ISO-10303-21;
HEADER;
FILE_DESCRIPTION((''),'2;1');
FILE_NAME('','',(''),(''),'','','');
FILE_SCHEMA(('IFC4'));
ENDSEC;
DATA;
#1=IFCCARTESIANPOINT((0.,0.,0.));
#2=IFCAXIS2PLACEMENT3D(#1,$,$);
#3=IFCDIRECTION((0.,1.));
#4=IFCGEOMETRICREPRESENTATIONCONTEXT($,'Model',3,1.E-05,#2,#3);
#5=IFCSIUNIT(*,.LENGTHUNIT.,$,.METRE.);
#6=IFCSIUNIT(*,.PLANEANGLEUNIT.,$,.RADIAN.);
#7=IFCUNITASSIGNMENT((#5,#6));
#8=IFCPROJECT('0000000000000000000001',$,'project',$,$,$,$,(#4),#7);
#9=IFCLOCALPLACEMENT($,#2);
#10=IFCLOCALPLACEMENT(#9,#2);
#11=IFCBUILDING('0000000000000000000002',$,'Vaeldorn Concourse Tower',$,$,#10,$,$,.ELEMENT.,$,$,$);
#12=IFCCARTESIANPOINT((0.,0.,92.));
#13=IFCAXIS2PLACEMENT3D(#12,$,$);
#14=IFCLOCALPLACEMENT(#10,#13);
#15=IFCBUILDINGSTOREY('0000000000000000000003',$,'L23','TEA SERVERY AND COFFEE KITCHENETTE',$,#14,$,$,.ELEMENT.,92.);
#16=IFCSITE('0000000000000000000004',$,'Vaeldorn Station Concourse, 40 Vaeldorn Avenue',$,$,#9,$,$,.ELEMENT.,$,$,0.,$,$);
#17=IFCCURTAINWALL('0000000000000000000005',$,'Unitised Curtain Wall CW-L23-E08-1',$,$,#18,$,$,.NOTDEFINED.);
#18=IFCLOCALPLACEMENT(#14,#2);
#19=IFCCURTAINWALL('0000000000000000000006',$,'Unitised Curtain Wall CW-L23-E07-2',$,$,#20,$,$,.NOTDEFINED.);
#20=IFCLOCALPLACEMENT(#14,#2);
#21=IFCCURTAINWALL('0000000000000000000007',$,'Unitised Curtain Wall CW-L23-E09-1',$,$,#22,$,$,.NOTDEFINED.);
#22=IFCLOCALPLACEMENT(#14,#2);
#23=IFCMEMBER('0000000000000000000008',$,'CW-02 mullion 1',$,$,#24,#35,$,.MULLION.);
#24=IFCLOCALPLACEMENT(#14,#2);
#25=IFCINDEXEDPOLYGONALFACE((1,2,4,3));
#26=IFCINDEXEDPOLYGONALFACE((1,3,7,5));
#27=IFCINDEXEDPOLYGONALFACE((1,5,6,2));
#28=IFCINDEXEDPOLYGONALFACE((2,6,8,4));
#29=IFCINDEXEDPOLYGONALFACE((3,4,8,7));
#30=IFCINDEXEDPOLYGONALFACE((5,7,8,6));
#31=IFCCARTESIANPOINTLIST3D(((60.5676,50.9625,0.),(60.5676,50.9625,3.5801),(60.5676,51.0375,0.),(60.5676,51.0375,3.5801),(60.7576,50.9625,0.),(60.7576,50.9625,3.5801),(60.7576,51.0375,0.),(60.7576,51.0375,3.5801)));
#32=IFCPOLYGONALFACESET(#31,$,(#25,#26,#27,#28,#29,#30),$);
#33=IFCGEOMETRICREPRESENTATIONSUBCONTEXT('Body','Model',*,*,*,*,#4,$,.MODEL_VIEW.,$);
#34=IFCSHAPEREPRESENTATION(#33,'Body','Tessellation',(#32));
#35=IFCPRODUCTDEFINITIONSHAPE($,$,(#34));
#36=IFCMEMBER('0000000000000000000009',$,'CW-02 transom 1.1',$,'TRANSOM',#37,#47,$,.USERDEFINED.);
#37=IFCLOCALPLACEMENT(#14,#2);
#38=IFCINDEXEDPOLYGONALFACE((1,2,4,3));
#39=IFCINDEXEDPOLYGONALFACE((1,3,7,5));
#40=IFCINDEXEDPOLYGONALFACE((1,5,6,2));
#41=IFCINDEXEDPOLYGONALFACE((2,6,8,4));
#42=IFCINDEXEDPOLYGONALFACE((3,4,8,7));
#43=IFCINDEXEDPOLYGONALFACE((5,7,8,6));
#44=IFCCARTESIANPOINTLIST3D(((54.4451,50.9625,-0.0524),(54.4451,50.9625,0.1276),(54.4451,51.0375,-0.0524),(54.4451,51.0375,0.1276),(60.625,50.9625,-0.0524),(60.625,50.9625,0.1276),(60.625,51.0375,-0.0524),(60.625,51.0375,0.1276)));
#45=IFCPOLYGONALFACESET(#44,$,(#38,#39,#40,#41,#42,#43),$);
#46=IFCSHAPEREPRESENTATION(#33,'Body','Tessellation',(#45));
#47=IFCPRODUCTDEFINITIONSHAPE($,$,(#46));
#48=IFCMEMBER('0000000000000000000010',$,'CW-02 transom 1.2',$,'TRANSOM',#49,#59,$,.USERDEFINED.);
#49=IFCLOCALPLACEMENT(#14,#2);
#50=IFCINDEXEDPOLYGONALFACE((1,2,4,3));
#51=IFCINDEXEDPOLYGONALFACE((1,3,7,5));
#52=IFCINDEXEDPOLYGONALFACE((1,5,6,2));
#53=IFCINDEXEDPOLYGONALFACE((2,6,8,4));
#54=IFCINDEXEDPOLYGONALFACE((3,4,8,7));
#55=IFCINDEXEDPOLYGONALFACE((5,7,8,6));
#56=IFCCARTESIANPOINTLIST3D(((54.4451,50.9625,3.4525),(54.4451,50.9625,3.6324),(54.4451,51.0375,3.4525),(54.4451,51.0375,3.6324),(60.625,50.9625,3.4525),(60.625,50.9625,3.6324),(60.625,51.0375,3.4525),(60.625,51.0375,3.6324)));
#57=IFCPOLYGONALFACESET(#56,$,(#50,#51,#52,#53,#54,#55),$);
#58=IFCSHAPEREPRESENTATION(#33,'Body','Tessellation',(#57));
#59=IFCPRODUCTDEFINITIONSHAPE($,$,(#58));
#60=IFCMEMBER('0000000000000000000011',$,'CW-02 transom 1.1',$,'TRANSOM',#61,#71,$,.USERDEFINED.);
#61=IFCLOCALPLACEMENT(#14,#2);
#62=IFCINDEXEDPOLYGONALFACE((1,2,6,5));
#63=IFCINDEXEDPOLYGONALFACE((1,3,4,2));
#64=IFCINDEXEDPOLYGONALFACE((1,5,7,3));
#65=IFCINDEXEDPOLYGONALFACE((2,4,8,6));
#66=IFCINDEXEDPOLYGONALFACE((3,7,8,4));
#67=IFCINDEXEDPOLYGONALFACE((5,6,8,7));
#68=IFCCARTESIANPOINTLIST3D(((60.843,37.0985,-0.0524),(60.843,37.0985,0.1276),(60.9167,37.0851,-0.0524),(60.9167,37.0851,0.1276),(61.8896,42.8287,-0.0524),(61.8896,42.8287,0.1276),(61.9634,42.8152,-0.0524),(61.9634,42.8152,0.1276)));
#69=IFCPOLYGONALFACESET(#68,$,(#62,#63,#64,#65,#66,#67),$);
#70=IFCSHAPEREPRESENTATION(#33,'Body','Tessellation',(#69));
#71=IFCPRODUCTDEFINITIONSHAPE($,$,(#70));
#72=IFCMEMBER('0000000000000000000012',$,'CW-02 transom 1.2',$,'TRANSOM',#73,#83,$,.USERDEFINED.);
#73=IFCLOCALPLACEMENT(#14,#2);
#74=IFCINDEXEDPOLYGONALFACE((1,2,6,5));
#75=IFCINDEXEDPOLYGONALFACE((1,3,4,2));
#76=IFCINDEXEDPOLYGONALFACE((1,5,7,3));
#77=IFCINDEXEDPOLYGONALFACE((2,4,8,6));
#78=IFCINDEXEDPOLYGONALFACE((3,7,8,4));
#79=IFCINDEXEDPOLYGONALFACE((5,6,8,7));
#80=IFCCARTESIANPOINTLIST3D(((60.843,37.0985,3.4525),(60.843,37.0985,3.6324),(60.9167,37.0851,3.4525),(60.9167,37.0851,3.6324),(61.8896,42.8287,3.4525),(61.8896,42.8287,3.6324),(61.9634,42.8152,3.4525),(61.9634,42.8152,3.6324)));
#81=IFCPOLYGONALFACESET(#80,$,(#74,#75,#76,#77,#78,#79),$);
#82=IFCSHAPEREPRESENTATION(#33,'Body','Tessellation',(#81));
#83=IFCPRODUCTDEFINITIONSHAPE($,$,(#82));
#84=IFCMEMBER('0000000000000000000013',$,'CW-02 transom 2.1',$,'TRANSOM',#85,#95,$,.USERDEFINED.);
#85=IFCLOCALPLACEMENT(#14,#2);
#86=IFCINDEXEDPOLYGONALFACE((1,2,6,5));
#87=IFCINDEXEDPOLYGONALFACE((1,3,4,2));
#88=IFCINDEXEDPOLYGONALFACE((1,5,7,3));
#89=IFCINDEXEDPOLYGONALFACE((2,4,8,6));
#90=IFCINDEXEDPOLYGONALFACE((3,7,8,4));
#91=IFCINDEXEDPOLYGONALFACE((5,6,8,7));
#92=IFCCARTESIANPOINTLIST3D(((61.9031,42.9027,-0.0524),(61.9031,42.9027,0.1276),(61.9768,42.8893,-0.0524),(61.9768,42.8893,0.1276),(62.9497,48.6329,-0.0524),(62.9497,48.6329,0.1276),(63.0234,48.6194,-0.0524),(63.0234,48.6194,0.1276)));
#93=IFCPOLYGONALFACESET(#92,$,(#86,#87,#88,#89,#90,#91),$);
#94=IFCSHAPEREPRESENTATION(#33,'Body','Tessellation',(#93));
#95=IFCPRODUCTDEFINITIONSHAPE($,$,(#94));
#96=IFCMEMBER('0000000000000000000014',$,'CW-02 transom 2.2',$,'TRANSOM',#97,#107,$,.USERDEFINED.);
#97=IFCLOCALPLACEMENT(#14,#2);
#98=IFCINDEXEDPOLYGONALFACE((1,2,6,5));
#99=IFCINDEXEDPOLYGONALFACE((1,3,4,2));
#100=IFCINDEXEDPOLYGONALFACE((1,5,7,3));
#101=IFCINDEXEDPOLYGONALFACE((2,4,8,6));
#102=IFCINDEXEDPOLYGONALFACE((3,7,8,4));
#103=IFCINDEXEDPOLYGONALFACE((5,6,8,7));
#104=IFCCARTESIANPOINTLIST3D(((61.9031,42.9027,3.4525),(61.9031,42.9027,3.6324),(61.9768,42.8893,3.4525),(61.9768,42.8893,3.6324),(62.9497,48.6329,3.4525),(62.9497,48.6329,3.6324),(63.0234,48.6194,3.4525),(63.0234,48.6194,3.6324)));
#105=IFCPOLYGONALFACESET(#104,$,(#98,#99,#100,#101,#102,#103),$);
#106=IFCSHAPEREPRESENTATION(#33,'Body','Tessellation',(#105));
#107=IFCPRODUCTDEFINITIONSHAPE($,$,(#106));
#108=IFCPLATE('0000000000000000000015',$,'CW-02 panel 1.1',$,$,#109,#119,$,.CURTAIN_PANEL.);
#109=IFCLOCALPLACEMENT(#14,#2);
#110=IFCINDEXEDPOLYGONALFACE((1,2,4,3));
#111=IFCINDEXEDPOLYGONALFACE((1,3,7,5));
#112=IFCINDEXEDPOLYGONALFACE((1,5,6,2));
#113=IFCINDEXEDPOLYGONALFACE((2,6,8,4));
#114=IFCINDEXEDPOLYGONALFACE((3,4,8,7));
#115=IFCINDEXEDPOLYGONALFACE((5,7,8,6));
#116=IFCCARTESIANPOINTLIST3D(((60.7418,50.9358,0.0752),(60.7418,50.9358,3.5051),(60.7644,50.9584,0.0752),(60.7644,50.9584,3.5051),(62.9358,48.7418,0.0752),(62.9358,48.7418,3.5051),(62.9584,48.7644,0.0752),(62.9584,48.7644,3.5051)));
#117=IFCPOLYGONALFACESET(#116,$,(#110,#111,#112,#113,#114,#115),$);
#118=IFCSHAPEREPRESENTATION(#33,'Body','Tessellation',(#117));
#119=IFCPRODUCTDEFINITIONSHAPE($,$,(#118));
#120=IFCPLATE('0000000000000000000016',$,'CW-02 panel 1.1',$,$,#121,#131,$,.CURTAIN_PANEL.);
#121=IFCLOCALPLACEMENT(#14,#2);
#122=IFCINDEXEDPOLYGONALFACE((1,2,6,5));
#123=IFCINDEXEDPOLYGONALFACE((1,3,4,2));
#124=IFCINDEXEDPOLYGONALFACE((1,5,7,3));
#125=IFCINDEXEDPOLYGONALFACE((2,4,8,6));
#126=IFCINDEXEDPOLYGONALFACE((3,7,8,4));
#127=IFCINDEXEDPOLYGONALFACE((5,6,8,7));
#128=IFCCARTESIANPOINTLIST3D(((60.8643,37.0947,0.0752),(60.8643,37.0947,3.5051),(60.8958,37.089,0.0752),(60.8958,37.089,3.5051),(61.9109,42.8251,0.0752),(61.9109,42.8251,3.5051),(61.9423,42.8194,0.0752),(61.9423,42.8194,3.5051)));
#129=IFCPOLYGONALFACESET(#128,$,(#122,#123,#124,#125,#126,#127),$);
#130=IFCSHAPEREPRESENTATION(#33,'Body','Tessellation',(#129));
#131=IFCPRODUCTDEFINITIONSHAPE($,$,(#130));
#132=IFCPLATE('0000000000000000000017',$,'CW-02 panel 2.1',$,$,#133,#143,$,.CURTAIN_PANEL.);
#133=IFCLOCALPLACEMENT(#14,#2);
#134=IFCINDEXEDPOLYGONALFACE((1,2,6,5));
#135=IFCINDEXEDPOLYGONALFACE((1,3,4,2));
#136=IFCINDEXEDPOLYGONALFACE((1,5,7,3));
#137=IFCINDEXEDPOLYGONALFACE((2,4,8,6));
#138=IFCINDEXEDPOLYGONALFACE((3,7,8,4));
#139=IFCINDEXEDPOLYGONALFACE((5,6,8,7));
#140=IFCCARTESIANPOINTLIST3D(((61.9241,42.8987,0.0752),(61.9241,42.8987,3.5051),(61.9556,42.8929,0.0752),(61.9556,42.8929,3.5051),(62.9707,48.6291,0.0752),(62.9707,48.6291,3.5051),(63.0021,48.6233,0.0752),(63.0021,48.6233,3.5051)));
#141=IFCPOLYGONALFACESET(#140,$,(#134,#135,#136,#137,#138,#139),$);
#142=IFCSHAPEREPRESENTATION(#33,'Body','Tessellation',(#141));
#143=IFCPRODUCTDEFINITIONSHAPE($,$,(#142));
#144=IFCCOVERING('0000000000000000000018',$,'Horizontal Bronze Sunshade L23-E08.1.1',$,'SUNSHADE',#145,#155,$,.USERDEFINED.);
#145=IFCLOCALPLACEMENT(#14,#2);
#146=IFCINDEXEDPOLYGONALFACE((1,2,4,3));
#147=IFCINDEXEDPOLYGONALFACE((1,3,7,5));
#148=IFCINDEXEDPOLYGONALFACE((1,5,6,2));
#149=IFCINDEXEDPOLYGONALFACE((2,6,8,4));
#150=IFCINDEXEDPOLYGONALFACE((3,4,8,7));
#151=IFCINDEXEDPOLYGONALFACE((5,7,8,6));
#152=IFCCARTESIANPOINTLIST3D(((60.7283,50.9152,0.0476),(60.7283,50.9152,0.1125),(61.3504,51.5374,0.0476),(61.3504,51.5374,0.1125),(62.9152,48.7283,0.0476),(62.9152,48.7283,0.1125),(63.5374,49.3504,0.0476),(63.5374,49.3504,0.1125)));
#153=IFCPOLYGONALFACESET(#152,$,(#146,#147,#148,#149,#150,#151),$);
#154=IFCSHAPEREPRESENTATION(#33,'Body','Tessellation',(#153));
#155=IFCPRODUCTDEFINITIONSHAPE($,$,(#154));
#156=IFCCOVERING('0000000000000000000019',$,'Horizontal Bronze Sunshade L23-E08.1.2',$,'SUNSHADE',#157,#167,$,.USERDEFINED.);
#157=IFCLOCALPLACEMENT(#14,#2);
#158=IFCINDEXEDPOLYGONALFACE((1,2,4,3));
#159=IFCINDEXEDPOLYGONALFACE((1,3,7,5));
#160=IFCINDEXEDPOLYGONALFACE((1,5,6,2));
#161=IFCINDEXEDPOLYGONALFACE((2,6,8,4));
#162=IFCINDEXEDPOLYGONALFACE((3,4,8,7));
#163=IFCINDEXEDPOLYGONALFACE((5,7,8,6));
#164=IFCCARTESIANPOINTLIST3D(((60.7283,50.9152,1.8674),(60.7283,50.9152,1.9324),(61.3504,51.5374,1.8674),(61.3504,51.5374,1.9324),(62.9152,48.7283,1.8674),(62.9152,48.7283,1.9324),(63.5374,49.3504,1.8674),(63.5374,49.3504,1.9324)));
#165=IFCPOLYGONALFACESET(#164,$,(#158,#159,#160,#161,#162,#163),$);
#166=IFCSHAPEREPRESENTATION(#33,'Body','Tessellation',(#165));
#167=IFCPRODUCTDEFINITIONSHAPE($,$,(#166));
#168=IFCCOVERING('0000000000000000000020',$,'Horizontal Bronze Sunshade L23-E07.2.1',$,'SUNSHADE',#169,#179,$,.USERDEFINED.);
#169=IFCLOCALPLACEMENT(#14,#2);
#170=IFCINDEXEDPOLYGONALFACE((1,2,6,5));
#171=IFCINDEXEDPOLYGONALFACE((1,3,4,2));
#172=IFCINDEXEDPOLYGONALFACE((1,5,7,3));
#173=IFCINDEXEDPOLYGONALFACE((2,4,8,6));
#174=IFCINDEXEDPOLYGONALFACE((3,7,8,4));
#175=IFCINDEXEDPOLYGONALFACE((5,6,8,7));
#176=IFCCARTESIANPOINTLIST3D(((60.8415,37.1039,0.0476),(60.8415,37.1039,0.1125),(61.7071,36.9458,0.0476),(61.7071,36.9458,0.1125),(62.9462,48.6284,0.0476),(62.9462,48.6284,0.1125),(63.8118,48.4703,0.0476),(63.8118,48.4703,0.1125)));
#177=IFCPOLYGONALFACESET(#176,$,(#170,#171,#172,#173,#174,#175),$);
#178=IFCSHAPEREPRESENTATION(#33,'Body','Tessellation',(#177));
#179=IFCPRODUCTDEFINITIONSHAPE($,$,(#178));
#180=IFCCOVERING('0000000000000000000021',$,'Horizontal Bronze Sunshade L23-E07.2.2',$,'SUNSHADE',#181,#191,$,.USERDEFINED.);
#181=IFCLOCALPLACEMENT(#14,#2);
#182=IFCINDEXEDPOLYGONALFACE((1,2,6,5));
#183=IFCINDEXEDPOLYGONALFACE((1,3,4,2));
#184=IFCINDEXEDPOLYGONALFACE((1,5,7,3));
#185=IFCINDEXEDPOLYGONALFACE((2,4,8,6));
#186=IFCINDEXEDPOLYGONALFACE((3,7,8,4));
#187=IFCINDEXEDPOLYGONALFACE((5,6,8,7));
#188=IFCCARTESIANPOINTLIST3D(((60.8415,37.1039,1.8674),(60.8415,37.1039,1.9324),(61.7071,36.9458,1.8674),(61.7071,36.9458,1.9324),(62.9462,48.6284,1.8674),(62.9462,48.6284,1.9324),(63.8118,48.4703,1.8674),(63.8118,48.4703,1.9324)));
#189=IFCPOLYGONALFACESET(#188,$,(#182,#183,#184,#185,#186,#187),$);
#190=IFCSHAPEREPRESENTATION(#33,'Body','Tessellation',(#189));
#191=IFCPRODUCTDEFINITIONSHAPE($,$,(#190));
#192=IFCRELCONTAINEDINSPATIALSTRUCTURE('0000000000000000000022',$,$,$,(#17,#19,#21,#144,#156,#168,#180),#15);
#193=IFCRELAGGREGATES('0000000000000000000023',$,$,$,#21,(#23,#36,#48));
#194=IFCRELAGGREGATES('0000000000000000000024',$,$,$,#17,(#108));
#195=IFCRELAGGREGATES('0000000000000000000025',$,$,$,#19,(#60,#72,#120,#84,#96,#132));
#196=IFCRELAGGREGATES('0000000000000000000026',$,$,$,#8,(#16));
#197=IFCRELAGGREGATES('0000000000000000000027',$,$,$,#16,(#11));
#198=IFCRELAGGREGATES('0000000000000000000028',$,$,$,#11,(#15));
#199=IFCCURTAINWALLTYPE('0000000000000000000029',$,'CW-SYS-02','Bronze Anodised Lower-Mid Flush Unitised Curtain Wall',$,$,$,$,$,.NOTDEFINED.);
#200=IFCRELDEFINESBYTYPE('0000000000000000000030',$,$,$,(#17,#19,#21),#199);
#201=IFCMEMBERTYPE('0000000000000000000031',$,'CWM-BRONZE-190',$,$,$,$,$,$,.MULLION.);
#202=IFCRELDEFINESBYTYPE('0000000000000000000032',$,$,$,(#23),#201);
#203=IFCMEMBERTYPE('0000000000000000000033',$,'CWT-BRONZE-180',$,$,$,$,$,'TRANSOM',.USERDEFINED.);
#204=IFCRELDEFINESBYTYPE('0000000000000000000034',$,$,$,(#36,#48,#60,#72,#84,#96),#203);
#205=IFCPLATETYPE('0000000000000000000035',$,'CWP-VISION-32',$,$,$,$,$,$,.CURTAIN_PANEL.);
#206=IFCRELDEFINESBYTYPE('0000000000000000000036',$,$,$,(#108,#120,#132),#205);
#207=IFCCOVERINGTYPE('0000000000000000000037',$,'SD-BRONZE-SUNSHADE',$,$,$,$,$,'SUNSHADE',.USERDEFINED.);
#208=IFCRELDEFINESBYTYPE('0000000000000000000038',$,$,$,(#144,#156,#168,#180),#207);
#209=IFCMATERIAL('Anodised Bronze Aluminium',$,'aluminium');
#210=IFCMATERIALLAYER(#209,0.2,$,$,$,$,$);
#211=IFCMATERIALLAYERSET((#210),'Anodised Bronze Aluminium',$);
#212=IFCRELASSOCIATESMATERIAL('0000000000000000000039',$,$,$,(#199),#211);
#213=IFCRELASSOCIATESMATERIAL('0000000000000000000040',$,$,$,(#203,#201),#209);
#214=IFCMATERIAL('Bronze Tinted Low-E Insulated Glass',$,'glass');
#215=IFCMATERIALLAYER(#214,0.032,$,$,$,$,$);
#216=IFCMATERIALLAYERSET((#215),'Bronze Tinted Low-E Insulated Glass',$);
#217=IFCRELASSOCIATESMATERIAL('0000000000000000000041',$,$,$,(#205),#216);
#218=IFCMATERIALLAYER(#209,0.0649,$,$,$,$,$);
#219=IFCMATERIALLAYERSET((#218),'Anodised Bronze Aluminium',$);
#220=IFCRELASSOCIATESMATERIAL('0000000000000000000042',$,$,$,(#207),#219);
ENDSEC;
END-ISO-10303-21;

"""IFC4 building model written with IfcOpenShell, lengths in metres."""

from ifc_helpers import new_model, si_unit, direction, frame, origin, origin_2d, place, context, subcontext, project, spatial, rectangle, extrude, source, transform, mapped, material, layer, layer_set, material_profile, profile_set, type_object, element, aggregate, save


model = new_model("IFC4")

# Units and contexts
model_context = context("Model", 3, precision=1e-05, world=origin(), true_north=direction((0.0, 1.0)))
body_context = subcontext(model_context, "Body", "Model", "MODEL_VIEW")
ifc_project = project(units=[si_unit("LENGTHUNIT", "METRE"), si_unit("PLANEANGLEUNIT", "RADIAN")], contexts=[model_context])

# Site, building, storey
site_placement = place(None, origin())
site = spatial("IfcSite", under=ifc_project, at=site_placement, Name="Vaeldorn Station Concourse, 40 Vaeldorn Avenue", CompositionType="ELEMENT", RefElevation=0.0)
building_placement = place(site_placement, origin())
building = spatial("IfcBuilding", under=site, at=building_placement, Name="Vaeldorn Concourse Tower", CompositionType="ELEMENT")
storey_placement = place(building_placement, frame((0.0, 0.0, 92.0)))
storey = spatial("IfcBuildingStorey", under=building, at=storey_placement, Name="L23", Description="TEA SERVERY AND COFFEE KITCHENETTE", CompositionType="ELEMENT", Elevation=92.0)

# Curtain walls
ifc_material_1 = material(Name="Anodised Bronze Aluminium", Category="aluminium")
ifc_layer_1 = layer(ifc_material_1, 0.2)
ifc_layer_set_1 = layer_set([ifc_layer_1], Name="Anodised Bronze Aluminium")
curtain_wall_type = type_object("IfcCurtainWallType", Name="CW-SYS-02", Description="Bronze Anodised Lower-Mid Flush Unitised Curtain Wall", PredefinedType="NOTDEFINED", material=ifc_layer_set_1)
curtain_wall_1_placement = place(storey_placement, origin())
curtain_wall_1 = element("IfcCurtainWall", 1, at=curtain_wall_1_placement, inside=storey, type_object=curtain_wall_type, Name="Unitised Curtain Wall CW-L23-E08-1", PredefinedType="NOTDEFINED")
ifc_material_profile_1 = material_profile(ifc_material_1, rectangle(XDim=0.075, YDim=0.1799, at=origin_2d()), Name="CWT 75x180")
ifc_profile_set_1 = profile_set([ifc_material_profile_1], Name="Anodised Bronze Aluminium")
member_type_1 = type_object("IfcMemberType", Name="CWT-BRONZE-180", ElementType="TRANSOM", PredefinedType="USERDEFINED", material=ifc_profile_set_1)
curtain_wall_2_placement = place(storey_placement, origin())
curtain_wall_2 = element("IfcCurtainWall", 2, at=curtain_wall_2_placement, inside=storey, type_object=curtain_wall_type, Name="Unitised Curtain Wall CW-L23-E07-2", PredefinedType="NOTDEFINED")
ifc_material_profile_2 = material_profile(ifc_material_1, rectangle(XDim=0.075, YDim=0.1899, at=origin_2d()), Name="CWM 75x190")
ifc_profile_set_2 = profile_set([ifc_material_profile_2], Name="Anodised Bronze Aluminium")
member_type_2 = type_object("IfcMemberType", Name="CWM-BRONZE-190", PredefinedType="MULLION", material=ifc_profile_set_2)
shared_shape_1 = source(origin(), body_context, "Body", "SweptSolid", [
    extrude(rectangle(XDim=0.075, YDim=0.1899, at=origin_2d()), origin(), (0.0, 0.0, 1.0), 3.5801),
])

# Curtain wall, members
curtain_wall_3_placement = place(storey_placement, origin())
curtain_wall_3 = element("IfcCurtainWall", 3, at=curtain_wall_3_placement, inside=storey, type_object=curtain_wall_type, Name="Unitised Curtain Wall CW-L23-E09-1", PredefinedType="NOTDEFINED")
member_1_placement = place(storey_placement, frame((60.6626, 51.0, 0.0), z_axis=(0.0, 0.0, 1.0), x_axis=(0.0, -1.0, 0.0)))
member_1 = element("IfcMember", 4, at=member_1_placement, type_object=member_type_2, Name="CW-02 mullion 1", PredefinedType="MULLION", context=body_context, shape_type="MappedRepresentation", body=[
    mapped(shared_shape_1, transform((0.0, 0.0, 0.0), scale=1.0)),
])
shared_shape_2 = source(origin(), body_context, "Body", "SweptSolid", [
    extrude(rectangle(XDim=0.075, YDim=0.1799, at=origin_2d()), origin(), (0.0, 0.0, 1.0), 6.1799),
])
member_2_placement = place(storey_placement, frame((60.625, 51.0, 0.0376), z_axis=(-1.0, 0.0, 0.0), x_axis=(0.0, -1.0, 0.0)))
member_2 = element("IfcMember", 5, at=member_2_placement, type_object=member_type_1, Name="CW-02 transom 1.1", ObjectType="TRANSOM", PredefinedType="USERDEFINED", context=body_context, shape_type="MappedRepresentation", body=[
    mapped(shared_shape_2, transform((0.0, 0.0, 0.0), scale=1.0)),
])
member_3_placement = place(storey_placement, frame((60.625, 51.0, 3.5425), z_axis=(-1.0, 0.0, 0.0), x_axis=(0.0, -1.0, 0.0)))
member_3 = element("IfcMember", 6, at=member_3_placement, type_object=member_type_1, Name="CW-02 transom 1.2", ObjectType="TRANSOM", PredefinedType="USERDEFINED", context=body_context, shape_type="MappedRepresentation", body=[
    mapped(shared_shape_2, transform((0.0, 0.0, 0.0), scale=1.0)),
])
aggregate(curtain_wall_3, [member_1, member_2, member_3])

# Members
shared_shape_3 = source(origin(), body_context, "Body", "SweptSolid", [
    extrude(rectangle(XDim=0.075, YDim=0.1799, at=origin_2d()), origin(), (0.0, 0.0, 1.0), 5.825),
])
member_4_placement = place(storey_placement, frame((60.8799, 37.0918, 0.0376), z_axis=(0.179678, 0.983725, 0.0), x_axis=(-0.983725, 0.179678, 0.0)))
member_4 = element("IfcMember", 7, at=member_4_placement, type_object=member_type_1, Name="CW-02 transom 1.1", ObjectType="TRANSOM", PredefinedType="USERDEFINED", context=body_context, shape_type="MappedRepresentation", body=[
    mapped(shared_shape_3, transform((0.0, 0.0, 0.0), scale=1.0)),
])
member_5_placement = place(storey_placement, frame((60.8799, 37.0918, 3.5425), z_axis=(0.179678, 0.983725, 0.0), x_axis=(-0.983725, 0.179678, 0.0)))
member_5 = element("IfcMember", 8, at=member_5_placement, type_object=member_type_1, Name="CW-02 transom 1.2", ObjectType="TRANSOM", PredefinedType="USERDEFINED", context=body_context, shape_type="MappedRepresentation", body=[
    mapped(shared_shape_3, transform((0.0, 0.0, 0.0), scale=1.0)),
])
member_6_placement = place(storey_placement, frame((61.9399, 42.896, 0.0376), z_axis=(0.179678, 0.983725, 0.0), x_axis=(-0.983725, 0.179678, 0.0)))
member_6 = element("IfcMember", 9, at=member_6_placement, type_object=member_type_1, Name="CW-02 transom 2.1", ObjectType="TRANSOM", PredefinedType="USERDEFINED", context=body_context, shape_type="MappedRepresentation", body=[
    mapped(shared_shape_3, transform((0.0, 0.0, 0.0), scale=1.0)),
])
member_7_placement = place(storey_placement, frame((61.9399, 42.896, 3.5425), z_axis=(0.179678, 0.983725, 0.0), x_axis=(-0.983725, 0.179678, 0.0)))
member_7 = element("IfcMember", 10, at=member_7_placement, type_object=member_type_1, Name="CW-02 transom 2.2", ObjectType="TRANSOM", PredefinedType="USERDEFINED", context=body_context, shape_type="MappedRepresentation", body=[
    mapped(shared_shape_3, transform((0.0, 0.0, 0.0), scale=1.0)),
])

# Plates
ifc_material_2 = material(Name="Bronze Tinted Low-E Insulated Glass", Category="glass")
ifc_layer_2 = layer(ifc_material_2, 0.032)
ifc_layer_set_2 = layer_set([ifc_layer_2], Name="Bronze Tinted Low-E Insulated Glass")
plate_type = type_object("IfcPlateType", Name="CWP-VISION-32", PredefinedType="CURTAIN_PANEL", material=ifc_layer_set_2)
shared_shape_4 = source(origin(), body_context, "Body", "SweptSolid", [
    extrude(rectangle(XDim=3.1028, YDim=0.032, at=origin_2d()), origin(), (0.0, 0.0, 1.0), 3.4299),
])
plate_1_placement = place(storey_placement, frame((61.8501, 49.8501, 0.0752), z_axis=(0.0, 0.0, 1.0), x_axis=(-0.707107, 0.707107, 0.0)))
plate_1 = element("IfcPlate", 11, at=plate_1_placement, type_object=plate_type, Name="CW-02 panel 1.1", PredefinedType="CURTAIN_PANEL", context=body_context, shape_type="MappedRepresentation", body=[
    mapped(shared_shape_4, transform((0.0, 0.0, 0.0), scale=1.0)),
])
aggregate(curtain_wall_1, [plate_1])
shared_shape_5 = source(origin(), body_context, "Body", "SweptSolid", [
    extrude(rectangle(XDim=5.8252, YDim=0.032, at=origin_2d()), origin(), (0.0, 0.0, 1.0), 3.4299),
])
plate_2_placement = place(storey_placement, frame((61.4033, 39.957, 0.0752), z_axis=(0.0, 0.0, 1.0), x_axis=(0.17966, 0.983729, 0.0)))
plate_2 = element("IfcPlate", 12, at=plate_2_placement, type_object=plate_type, Name="CW-02 panel 1.1", PredefinedType="CURTAIN_PANEL", context=body_context, shape_type="MappedRepresentation", body=[
    mapped(shared_shape_5, transform((0.0, 0.0, 0.0), scale=1.0)),
])
plate_3_placement = place(storey_placement, frame((62.4631, 45.761, 0.0752), z_axis=(0.0, 0.0, 1.0), x_axis=(0.17966, 0.983729, 0.0)))
plate_3 = element("IfcPlate", 13, at=plate_3_placement, type_object=plate_type, Name="CW-02 panel 2.1", PredefinedType="CURTAIN_PANEL", context=body_context, shape_type="MappedRepresentation", body=[
    mapped(shared_shape_5, transform((0.0, 0.0, 0.0), scale=1.0)),
])
aggregate(curtain_wall_2, [member_4, member_5, plate_2, member_6, member_7, plate_3])

# Coverings
ifc_layer_3 = layer(ifc_material_1, 0.0649)
ifc_layer_set_3 = layer_set([ifc_layer_3], Name="Anodised Bronze Aluminium")
covering_type = type_object("IfcCoveringType", Name="SD-BRONZE-SUNSHADE", ElementType="SUNSHADE", PredefinedType="USERDEFINED", material=ifc_layer_set_3)
shared_shape_6 = source(origin(), body_context, "Body", "SweptSolid", [
    extrude(rectangle(XDim=3.0928, YDim=0.8799, at=origin_2d()), origin(), (0.0, 0.0, 1.0), 0.0649),
])
for number, where, z_axis, x_axis, name in (
    (14, (62.1328, 50.1328, 0.0476), (0.0, 0.0, 1.0), (-0.707107, 0.707107, 0.0), "Horizontal Bronze Sunshade L23-E08.1.1"),
    (15, (62.1328, 50.1328, 1.8674), (0.0, 0.0, 1.0), (-0.707107, 0.707107, 0.0), "Horizontal Bronze Sunshade L23-E08.1.2"),
):
    element("IfcCovering", number, at=place(storey_placement, frame(where, z_axis=z_axis, x_axis=x_axis)), inside=storey, type_object=covering_type, Name=name, ObjectType="SUNSHADE", PredefinedType="USERDEFINED", context=body_context, shape_type="MappedRepresentation", body=[
        mapped(shared_shape_6, transform((0.0, 0.0, 0.0), scale=1.0)),
    ])
shared_shape_7 = source(origin(), body_context, "Body", "SweptSolid", [
    extrude(rectangle(XDim=11.7151, YDim=0.8799, at=origin_2d()), origin(), (0.0, 0.0, 1.0), 0.0649),
])
for number, where, z_axis, x_axis, name in (
    (16, (62.3267, 42.7871, 0.0476), (0.0, 0.0, 1.0), (0.179661, 0.983729, 0.0), "Horizontal Bronze Sunshade L23-E07.2.1"),
    (17, (62.3267, 42.7871, 1.8674), (0.0, 0.0, 1.0), (0.179661, 0.983729, 0.0), "Horizontal Bronze Sunshade L23-E07.2.2"),
):
    element("IfcCovering", number, at=place(storey_placement, frame(where, z_axis=z_axis, x_axis=x_axis)), inside=storey, type_object=covering_type, Name=name, ObjectType="SUNSHADE", PredefinedType="USERDEFINED", context=body_context, shape_type="MappedRepresentation", body=[
        mapped(shared_shape_7, transform((0.0, 0.0, 0.0), scale=1.0)),
    ])

save(model, "model.ifc")
